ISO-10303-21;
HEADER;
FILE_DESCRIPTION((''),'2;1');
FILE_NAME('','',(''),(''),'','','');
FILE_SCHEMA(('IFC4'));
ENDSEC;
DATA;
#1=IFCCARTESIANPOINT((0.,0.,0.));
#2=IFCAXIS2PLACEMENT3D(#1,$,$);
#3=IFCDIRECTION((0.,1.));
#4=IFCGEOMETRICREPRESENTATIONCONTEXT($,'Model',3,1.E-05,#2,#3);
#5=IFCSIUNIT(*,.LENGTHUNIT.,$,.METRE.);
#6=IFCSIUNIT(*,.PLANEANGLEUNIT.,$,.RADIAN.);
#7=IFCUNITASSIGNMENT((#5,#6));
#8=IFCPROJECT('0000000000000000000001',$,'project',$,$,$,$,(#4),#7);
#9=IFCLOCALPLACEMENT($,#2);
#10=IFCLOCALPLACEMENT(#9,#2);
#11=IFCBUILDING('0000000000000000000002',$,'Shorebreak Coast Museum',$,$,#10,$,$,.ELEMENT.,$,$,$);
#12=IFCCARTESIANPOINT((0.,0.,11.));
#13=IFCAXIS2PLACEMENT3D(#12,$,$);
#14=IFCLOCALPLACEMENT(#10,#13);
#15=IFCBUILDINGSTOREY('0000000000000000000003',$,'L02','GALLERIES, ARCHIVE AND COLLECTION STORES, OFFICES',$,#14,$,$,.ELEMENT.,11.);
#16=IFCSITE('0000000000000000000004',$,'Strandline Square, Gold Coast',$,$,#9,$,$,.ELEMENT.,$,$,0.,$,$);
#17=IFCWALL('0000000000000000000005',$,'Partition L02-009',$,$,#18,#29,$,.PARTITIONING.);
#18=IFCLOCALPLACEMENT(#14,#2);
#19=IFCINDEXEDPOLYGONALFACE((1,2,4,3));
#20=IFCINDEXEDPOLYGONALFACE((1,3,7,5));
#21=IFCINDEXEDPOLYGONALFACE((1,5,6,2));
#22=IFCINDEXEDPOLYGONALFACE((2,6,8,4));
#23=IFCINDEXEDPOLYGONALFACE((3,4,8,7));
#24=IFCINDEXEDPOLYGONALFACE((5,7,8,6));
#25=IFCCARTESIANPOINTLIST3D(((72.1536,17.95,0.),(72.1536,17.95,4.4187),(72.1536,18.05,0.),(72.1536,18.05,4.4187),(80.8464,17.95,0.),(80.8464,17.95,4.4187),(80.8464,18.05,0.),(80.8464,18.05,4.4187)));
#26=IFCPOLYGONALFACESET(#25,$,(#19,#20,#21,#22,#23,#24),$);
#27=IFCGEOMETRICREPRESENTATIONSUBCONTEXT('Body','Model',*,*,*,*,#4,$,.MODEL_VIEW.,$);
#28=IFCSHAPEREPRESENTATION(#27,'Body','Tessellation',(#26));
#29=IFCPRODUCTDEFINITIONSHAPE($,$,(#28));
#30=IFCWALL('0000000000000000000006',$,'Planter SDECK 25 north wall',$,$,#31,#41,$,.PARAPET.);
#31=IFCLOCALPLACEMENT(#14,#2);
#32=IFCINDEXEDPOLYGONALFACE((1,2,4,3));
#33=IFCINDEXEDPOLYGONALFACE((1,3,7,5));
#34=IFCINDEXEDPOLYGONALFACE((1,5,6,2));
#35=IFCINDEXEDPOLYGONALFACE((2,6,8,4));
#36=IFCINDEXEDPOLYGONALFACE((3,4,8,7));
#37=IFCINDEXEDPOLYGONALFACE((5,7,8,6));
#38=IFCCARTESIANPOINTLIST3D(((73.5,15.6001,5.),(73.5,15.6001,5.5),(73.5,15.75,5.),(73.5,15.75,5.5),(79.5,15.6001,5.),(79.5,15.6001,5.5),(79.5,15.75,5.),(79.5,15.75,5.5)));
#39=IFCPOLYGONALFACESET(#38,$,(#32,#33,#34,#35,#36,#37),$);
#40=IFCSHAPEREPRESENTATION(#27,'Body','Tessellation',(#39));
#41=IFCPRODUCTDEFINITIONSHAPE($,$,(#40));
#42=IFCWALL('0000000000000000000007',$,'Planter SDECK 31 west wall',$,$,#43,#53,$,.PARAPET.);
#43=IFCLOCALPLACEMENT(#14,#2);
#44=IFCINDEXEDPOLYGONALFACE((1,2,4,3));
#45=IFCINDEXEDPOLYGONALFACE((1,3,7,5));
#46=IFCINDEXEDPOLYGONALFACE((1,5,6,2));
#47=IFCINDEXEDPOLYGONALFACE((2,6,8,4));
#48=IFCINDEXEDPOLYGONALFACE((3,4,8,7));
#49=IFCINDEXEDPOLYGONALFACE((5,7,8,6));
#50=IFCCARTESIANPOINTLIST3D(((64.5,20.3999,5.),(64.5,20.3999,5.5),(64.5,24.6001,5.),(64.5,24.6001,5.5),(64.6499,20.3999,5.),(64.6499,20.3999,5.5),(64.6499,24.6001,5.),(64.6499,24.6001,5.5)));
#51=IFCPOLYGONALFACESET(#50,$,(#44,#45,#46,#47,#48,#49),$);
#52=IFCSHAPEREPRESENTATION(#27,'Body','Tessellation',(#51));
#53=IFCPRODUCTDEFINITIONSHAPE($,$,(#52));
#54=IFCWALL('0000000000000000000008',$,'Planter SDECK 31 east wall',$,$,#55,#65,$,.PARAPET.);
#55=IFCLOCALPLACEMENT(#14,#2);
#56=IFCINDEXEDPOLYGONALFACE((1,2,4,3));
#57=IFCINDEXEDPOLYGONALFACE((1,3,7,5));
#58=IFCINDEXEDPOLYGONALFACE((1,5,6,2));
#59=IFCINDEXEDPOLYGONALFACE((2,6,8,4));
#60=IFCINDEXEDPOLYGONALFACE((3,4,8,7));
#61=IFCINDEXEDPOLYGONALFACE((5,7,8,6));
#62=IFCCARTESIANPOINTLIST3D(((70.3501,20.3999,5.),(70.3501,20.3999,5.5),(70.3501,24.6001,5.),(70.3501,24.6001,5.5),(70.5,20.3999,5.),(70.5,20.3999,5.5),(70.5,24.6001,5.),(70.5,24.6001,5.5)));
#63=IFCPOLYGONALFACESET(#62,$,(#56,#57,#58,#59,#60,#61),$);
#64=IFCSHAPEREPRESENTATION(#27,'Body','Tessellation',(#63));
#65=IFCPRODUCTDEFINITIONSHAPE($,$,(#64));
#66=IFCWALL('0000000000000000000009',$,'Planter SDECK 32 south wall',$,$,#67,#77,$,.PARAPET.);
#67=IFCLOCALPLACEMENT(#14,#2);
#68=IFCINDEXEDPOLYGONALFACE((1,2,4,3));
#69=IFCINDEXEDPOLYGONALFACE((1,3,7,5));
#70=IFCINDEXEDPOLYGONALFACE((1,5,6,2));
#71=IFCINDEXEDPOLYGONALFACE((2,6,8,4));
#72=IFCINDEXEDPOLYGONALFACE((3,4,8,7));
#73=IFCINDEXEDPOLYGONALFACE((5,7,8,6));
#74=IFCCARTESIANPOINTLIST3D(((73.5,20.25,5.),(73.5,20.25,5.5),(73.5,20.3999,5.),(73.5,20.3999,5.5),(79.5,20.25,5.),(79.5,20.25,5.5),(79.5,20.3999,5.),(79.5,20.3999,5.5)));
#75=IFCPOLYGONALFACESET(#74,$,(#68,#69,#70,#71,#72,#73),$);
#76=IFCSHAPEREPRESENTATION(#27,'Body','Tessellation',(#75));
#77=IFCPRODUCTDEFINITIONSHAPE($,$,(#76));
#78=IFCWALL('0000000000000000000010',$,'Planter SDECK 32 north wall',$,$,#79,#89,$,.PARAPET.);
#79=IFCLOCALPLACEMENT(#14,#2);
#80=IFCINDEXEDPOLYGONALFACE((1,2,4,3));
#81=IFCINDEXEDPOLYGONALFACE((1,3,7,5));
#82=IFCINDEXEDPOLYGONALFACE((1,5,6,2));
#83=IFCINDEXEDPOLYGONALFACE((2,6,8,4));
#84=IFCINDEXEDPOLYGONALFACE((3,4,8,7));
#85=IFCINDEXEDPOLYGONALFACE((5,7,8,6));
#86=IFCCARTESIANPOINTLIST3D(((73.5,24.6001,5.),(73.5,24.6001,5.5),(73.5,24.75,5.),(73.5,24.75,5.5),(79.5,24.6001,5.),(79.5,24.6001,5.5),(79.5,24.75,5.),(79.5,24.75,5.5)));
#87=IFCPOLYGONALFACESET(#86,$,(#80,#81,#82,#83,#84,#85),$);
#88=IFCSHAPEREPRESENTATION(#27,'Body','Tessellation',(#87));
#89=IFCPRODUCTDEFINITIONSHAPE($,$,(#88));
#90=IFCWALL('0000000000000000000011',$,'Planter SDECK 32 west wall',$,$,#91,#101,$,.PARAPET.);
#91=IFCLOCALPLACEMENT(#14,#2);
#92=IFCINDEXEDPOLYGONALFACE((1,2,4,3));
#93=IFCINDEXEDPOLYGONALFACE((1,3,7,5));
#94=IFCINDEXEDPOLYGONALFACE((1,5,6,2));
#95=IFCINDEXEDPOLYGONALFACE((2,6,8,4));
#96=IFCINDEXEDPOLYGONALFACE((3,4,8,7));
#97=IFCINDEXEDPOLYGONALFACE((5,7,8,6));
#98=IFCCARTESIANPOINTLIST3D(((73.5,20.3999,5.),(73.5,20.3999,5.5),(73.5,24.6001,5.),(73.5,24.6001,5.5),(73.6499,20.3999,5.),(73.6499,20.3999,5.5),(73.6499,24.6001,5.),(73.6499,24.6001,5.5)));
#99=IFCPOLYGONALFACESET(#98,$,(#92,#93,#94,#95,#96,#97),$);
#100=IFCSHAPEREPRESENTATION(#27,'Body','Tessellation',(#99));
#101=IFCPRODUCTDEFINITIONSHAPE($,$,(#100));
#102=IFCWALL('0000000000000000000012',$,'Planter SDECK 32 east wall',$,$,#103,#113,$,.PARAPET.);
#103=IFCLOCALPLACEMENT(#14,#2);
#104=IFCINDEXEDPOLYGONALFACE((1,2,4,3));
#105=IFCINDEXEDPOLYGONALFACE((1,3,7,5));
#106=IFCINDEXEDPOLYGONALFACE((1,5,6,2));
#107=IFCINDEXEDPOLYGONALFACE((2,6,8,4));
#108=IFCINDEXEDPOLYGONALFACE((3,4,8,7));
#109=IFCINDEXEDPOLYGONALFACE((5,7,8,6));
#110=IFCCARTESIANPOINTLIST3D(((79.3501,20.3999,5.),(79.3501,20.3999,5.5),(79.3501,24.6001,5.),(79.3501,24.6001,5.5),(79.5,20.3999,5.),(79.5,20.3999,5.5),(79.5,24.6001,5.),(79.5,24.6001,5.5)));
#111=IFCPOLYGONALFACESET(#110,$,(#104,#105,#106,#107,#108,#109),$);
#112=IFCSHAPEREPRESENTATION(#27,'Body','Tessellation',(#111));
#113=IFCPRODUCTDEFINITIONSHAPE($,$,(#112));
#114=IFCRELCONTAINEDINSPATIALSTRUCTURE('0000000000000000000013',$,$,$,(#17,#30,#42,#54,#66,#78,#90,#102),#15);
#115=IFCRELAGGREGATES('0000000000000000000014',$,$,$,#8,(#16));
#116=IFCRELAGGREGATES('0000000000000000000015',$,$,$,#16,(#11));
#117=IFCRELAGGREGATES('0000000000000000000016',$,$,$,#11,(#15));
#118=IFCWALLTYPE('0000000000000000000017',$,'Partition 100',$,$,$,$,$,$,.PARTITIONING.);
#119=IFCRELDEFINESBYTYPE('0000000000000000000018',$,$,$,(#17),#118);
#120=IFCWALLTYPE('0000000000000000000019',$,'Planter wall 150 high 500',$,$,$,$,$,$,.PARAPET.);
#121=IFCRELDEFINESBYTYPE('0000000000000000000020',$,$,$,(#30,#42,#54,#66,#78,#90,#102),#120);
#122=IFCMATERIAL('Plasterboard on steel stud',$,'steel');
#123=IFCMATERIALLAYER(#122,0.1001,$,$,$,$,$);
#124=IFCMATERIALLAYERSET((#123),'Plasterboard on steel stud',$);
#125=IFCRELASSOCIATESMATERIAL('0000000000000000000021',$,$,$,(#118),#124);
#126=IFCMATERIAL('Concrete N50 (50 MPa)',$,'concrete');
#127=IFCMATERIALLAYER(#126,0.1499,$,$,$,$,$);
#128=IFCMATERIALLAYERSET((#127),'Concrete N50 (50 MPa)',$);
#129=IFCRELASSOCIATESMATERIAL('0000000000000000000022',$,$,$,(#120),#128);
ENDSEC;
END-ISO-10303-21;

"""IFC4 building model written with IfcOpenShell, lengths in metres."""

from ifc_helpers import new_model, si_unit, direction, frame, frame_2d, origin, place, context, subcontext, project, spatial, rectangle, extrude, material, layer, layer_set, type_object, element, save


model = new_model("IFC4")

# Units and contexts
model_context = context("Model", 3, precision=1e-05, world=origin(), true_north=direction((0.0, 1.0)))
body_context = subcontext(model_context, "Body", "Model", "MODEL_VIEW")
ifc_project = project(units=[si_unit("LENGTHUNIT", "METRE"), si_unit("PLANEANGLEUNIT", "RADIAN")], contexts=[model_context])

# Site, building, storey
site_placement = place(None, origin())
site = spatial("IfcSite", under=ifc_project, at=site_placement, Name="Strandline Square, Gold Coast", CompositionType="ELEMENT", RefElevation=0.0)
building_placement = place(site_placement, origin())
building = spatial("IfcBuilding", under=site, at=building_placement, Name="Shorebreak Coast Museum", CompositionType="ELEMENT")
storey_placement = place(building_placement, frame((0.0, 0.0, 11.0)))
storey = spatial("IfcBuildingStorey", under=building, at=storey_placement, Name="L02", Description="GALLERIES, ARCHIVE AND COLLECTION STORES, OFFICES", CompositionType="ELEMENT", Elevation=11.0)

# Walls
ifc_material_1 = material(Name="Plasterboard on steel stud", Category="steel")
ifc_layer_1 = layer(ifc_material_1, 0.1001)
ifc_layer_set_1 = layer_set([ifc_layer_1], Name="Plasterboard on steel stud")
wall_type_1 = type_object("IfcWallType", Name="Partition 100", PredefinedType="PARTITIONING", material=ifc_layer_set_1)
wall_1_placement = place(storey_placement, frame((72.1536, 18.0, 0.0), z_axis=(0.0, 0.0, 1.0), x_axis=(1.0, 0.0, 0.0)))
element("IfcWall", 1, at=wall_1_placement, inside=storey, type_object=wall_type_1, Name="Partition L02-009", PredefinedType="PARTITIONING", context=body_context, shape_type="SweptSolid", body=[
    extrude(rectangle(XDim=8.6929, YDim=0.1001, at=frame_2d((4.3464, 0.0))), origin(), (0.0, 0.0, 1.0), 4.4187),
])
ifc_material_2 = material(Name="Concrete N50 (50 MPa)", Category="concrete")
ifc_layer_2 = layer(ifc_material_2, 0.1499)
ifc_layer_set_2 = layer_set([ifc_layer_2], Name="Concrete N50 (50 MPa)")
wall_type_2 = type_object("IfcWallType", Name="Planter wall 150 high 500", PredefinedType="PARAPET", material=ifc_layer_set_2)
wall_2_placement = place(storey_placement, frame((73.5, 15.675, 5.0), z_axis=(0.0, 0.0, 1.0), x_axis=(1.0, 0.0, 0.0)))
element("IfcWall", 2, at=wall_2_placement, inside=storey, type_object=wall_type_2, Name="Planter SDECK 25 north wall", PredefinedType="PARAPET", context=body_context, shape_type="SweptSolid", body=[
    extrude(rectangle(XDim=6.0, YDim=0.1499, at=frame_2d((3.0, 0.0))), origin(), (0.0, 0.0, 1.0), 0.5),
])
for number, where, z_axis, x_axis, name in (
    (3, (64.575, 20.3999, 5.0), (0.0, 0.0, 1.0), (0.0, 1.0, 0.0), "Planter SDECK 31 west wall"),
    (4, (70.425, 20.3999, 5.0), (0.0, 0.0, 1.0), (0.0, 1.0, 0.0), "Planter SDECK 31 east wall"),
):
    element("IfcWall", number, at=place(storey_placement, frame(where, z_axis=z_axis, x_axis=x_axis)), inside=storey, type_object=wall_type_2, Name=name, PredefinedType="PARAPET", context=body_context, shape_type="SweptSolid", body=[
        extrude(rectangle(XDim=4.2002, YDim=0.1499, at=frame_2d((2.1001, 0.0))), origin(), (0.0, 0.0, 1.0), 0.5),
    ])
for number, where, z_axis, x_axis, name in (
    (5, (73.5, 20.325, 5.0), (0.0, 0.0, 1.0), (1.0, 0.0, 0.0), "Planter SDECK 32 south wall"),
    (6, (73.5, 24.675, 5.0), (0.0, 0.0, 1.0), (1.0, 0.0, 0.0), "Planter SDECK 32 north wall"),
):
    element("IfcWall", number, at=place(storey_placement, frame(where, z_axis=z_axis, x_axis=x_axis)), inside=storey, type_object=wall_type_2, Name=name, PredefinedType="PARAPET", context=body_context, shape_type="SweptSolid", body=[
        extrude(rectangle(XDim=6.0, YDim=0.1499, at=frame_2d((3.0, 0.0))), origin(), (0.0, 0.0, 1.0), 0.5),
    ])
for number, where, z_axis, x_axis, name in (
    (7, (73.575, 20.3999, 5.0), (0.0, 0.0, 1.0), (0.0, 1.0, 0.0), "Planter SDECK 32 west wall"),
    (8, (79.425, 20.3999, 5.0), (0.0, 0.0, 1.0), (0.0, 1.0, 0.0), "Planter SDECK 32 east wall"),
):
    element("IfcWall", number, at=place(storey_placement, frame(where, z_axis=z_axis, x_axis=x_axis)), inside=storey, type_object=wall_type_2, Name=name, PredefinedType="PARAPET", context=body_context, shape_type="SweptSolid", body=[
        extrude(rectangle(XDim=4.2002, YDim=0.1499, at=frame_2d((2.1001, 0.0))), origin(), (0.0, 0.0, 1.0), 0.5),
    ])

save(model, "model.ifc")
